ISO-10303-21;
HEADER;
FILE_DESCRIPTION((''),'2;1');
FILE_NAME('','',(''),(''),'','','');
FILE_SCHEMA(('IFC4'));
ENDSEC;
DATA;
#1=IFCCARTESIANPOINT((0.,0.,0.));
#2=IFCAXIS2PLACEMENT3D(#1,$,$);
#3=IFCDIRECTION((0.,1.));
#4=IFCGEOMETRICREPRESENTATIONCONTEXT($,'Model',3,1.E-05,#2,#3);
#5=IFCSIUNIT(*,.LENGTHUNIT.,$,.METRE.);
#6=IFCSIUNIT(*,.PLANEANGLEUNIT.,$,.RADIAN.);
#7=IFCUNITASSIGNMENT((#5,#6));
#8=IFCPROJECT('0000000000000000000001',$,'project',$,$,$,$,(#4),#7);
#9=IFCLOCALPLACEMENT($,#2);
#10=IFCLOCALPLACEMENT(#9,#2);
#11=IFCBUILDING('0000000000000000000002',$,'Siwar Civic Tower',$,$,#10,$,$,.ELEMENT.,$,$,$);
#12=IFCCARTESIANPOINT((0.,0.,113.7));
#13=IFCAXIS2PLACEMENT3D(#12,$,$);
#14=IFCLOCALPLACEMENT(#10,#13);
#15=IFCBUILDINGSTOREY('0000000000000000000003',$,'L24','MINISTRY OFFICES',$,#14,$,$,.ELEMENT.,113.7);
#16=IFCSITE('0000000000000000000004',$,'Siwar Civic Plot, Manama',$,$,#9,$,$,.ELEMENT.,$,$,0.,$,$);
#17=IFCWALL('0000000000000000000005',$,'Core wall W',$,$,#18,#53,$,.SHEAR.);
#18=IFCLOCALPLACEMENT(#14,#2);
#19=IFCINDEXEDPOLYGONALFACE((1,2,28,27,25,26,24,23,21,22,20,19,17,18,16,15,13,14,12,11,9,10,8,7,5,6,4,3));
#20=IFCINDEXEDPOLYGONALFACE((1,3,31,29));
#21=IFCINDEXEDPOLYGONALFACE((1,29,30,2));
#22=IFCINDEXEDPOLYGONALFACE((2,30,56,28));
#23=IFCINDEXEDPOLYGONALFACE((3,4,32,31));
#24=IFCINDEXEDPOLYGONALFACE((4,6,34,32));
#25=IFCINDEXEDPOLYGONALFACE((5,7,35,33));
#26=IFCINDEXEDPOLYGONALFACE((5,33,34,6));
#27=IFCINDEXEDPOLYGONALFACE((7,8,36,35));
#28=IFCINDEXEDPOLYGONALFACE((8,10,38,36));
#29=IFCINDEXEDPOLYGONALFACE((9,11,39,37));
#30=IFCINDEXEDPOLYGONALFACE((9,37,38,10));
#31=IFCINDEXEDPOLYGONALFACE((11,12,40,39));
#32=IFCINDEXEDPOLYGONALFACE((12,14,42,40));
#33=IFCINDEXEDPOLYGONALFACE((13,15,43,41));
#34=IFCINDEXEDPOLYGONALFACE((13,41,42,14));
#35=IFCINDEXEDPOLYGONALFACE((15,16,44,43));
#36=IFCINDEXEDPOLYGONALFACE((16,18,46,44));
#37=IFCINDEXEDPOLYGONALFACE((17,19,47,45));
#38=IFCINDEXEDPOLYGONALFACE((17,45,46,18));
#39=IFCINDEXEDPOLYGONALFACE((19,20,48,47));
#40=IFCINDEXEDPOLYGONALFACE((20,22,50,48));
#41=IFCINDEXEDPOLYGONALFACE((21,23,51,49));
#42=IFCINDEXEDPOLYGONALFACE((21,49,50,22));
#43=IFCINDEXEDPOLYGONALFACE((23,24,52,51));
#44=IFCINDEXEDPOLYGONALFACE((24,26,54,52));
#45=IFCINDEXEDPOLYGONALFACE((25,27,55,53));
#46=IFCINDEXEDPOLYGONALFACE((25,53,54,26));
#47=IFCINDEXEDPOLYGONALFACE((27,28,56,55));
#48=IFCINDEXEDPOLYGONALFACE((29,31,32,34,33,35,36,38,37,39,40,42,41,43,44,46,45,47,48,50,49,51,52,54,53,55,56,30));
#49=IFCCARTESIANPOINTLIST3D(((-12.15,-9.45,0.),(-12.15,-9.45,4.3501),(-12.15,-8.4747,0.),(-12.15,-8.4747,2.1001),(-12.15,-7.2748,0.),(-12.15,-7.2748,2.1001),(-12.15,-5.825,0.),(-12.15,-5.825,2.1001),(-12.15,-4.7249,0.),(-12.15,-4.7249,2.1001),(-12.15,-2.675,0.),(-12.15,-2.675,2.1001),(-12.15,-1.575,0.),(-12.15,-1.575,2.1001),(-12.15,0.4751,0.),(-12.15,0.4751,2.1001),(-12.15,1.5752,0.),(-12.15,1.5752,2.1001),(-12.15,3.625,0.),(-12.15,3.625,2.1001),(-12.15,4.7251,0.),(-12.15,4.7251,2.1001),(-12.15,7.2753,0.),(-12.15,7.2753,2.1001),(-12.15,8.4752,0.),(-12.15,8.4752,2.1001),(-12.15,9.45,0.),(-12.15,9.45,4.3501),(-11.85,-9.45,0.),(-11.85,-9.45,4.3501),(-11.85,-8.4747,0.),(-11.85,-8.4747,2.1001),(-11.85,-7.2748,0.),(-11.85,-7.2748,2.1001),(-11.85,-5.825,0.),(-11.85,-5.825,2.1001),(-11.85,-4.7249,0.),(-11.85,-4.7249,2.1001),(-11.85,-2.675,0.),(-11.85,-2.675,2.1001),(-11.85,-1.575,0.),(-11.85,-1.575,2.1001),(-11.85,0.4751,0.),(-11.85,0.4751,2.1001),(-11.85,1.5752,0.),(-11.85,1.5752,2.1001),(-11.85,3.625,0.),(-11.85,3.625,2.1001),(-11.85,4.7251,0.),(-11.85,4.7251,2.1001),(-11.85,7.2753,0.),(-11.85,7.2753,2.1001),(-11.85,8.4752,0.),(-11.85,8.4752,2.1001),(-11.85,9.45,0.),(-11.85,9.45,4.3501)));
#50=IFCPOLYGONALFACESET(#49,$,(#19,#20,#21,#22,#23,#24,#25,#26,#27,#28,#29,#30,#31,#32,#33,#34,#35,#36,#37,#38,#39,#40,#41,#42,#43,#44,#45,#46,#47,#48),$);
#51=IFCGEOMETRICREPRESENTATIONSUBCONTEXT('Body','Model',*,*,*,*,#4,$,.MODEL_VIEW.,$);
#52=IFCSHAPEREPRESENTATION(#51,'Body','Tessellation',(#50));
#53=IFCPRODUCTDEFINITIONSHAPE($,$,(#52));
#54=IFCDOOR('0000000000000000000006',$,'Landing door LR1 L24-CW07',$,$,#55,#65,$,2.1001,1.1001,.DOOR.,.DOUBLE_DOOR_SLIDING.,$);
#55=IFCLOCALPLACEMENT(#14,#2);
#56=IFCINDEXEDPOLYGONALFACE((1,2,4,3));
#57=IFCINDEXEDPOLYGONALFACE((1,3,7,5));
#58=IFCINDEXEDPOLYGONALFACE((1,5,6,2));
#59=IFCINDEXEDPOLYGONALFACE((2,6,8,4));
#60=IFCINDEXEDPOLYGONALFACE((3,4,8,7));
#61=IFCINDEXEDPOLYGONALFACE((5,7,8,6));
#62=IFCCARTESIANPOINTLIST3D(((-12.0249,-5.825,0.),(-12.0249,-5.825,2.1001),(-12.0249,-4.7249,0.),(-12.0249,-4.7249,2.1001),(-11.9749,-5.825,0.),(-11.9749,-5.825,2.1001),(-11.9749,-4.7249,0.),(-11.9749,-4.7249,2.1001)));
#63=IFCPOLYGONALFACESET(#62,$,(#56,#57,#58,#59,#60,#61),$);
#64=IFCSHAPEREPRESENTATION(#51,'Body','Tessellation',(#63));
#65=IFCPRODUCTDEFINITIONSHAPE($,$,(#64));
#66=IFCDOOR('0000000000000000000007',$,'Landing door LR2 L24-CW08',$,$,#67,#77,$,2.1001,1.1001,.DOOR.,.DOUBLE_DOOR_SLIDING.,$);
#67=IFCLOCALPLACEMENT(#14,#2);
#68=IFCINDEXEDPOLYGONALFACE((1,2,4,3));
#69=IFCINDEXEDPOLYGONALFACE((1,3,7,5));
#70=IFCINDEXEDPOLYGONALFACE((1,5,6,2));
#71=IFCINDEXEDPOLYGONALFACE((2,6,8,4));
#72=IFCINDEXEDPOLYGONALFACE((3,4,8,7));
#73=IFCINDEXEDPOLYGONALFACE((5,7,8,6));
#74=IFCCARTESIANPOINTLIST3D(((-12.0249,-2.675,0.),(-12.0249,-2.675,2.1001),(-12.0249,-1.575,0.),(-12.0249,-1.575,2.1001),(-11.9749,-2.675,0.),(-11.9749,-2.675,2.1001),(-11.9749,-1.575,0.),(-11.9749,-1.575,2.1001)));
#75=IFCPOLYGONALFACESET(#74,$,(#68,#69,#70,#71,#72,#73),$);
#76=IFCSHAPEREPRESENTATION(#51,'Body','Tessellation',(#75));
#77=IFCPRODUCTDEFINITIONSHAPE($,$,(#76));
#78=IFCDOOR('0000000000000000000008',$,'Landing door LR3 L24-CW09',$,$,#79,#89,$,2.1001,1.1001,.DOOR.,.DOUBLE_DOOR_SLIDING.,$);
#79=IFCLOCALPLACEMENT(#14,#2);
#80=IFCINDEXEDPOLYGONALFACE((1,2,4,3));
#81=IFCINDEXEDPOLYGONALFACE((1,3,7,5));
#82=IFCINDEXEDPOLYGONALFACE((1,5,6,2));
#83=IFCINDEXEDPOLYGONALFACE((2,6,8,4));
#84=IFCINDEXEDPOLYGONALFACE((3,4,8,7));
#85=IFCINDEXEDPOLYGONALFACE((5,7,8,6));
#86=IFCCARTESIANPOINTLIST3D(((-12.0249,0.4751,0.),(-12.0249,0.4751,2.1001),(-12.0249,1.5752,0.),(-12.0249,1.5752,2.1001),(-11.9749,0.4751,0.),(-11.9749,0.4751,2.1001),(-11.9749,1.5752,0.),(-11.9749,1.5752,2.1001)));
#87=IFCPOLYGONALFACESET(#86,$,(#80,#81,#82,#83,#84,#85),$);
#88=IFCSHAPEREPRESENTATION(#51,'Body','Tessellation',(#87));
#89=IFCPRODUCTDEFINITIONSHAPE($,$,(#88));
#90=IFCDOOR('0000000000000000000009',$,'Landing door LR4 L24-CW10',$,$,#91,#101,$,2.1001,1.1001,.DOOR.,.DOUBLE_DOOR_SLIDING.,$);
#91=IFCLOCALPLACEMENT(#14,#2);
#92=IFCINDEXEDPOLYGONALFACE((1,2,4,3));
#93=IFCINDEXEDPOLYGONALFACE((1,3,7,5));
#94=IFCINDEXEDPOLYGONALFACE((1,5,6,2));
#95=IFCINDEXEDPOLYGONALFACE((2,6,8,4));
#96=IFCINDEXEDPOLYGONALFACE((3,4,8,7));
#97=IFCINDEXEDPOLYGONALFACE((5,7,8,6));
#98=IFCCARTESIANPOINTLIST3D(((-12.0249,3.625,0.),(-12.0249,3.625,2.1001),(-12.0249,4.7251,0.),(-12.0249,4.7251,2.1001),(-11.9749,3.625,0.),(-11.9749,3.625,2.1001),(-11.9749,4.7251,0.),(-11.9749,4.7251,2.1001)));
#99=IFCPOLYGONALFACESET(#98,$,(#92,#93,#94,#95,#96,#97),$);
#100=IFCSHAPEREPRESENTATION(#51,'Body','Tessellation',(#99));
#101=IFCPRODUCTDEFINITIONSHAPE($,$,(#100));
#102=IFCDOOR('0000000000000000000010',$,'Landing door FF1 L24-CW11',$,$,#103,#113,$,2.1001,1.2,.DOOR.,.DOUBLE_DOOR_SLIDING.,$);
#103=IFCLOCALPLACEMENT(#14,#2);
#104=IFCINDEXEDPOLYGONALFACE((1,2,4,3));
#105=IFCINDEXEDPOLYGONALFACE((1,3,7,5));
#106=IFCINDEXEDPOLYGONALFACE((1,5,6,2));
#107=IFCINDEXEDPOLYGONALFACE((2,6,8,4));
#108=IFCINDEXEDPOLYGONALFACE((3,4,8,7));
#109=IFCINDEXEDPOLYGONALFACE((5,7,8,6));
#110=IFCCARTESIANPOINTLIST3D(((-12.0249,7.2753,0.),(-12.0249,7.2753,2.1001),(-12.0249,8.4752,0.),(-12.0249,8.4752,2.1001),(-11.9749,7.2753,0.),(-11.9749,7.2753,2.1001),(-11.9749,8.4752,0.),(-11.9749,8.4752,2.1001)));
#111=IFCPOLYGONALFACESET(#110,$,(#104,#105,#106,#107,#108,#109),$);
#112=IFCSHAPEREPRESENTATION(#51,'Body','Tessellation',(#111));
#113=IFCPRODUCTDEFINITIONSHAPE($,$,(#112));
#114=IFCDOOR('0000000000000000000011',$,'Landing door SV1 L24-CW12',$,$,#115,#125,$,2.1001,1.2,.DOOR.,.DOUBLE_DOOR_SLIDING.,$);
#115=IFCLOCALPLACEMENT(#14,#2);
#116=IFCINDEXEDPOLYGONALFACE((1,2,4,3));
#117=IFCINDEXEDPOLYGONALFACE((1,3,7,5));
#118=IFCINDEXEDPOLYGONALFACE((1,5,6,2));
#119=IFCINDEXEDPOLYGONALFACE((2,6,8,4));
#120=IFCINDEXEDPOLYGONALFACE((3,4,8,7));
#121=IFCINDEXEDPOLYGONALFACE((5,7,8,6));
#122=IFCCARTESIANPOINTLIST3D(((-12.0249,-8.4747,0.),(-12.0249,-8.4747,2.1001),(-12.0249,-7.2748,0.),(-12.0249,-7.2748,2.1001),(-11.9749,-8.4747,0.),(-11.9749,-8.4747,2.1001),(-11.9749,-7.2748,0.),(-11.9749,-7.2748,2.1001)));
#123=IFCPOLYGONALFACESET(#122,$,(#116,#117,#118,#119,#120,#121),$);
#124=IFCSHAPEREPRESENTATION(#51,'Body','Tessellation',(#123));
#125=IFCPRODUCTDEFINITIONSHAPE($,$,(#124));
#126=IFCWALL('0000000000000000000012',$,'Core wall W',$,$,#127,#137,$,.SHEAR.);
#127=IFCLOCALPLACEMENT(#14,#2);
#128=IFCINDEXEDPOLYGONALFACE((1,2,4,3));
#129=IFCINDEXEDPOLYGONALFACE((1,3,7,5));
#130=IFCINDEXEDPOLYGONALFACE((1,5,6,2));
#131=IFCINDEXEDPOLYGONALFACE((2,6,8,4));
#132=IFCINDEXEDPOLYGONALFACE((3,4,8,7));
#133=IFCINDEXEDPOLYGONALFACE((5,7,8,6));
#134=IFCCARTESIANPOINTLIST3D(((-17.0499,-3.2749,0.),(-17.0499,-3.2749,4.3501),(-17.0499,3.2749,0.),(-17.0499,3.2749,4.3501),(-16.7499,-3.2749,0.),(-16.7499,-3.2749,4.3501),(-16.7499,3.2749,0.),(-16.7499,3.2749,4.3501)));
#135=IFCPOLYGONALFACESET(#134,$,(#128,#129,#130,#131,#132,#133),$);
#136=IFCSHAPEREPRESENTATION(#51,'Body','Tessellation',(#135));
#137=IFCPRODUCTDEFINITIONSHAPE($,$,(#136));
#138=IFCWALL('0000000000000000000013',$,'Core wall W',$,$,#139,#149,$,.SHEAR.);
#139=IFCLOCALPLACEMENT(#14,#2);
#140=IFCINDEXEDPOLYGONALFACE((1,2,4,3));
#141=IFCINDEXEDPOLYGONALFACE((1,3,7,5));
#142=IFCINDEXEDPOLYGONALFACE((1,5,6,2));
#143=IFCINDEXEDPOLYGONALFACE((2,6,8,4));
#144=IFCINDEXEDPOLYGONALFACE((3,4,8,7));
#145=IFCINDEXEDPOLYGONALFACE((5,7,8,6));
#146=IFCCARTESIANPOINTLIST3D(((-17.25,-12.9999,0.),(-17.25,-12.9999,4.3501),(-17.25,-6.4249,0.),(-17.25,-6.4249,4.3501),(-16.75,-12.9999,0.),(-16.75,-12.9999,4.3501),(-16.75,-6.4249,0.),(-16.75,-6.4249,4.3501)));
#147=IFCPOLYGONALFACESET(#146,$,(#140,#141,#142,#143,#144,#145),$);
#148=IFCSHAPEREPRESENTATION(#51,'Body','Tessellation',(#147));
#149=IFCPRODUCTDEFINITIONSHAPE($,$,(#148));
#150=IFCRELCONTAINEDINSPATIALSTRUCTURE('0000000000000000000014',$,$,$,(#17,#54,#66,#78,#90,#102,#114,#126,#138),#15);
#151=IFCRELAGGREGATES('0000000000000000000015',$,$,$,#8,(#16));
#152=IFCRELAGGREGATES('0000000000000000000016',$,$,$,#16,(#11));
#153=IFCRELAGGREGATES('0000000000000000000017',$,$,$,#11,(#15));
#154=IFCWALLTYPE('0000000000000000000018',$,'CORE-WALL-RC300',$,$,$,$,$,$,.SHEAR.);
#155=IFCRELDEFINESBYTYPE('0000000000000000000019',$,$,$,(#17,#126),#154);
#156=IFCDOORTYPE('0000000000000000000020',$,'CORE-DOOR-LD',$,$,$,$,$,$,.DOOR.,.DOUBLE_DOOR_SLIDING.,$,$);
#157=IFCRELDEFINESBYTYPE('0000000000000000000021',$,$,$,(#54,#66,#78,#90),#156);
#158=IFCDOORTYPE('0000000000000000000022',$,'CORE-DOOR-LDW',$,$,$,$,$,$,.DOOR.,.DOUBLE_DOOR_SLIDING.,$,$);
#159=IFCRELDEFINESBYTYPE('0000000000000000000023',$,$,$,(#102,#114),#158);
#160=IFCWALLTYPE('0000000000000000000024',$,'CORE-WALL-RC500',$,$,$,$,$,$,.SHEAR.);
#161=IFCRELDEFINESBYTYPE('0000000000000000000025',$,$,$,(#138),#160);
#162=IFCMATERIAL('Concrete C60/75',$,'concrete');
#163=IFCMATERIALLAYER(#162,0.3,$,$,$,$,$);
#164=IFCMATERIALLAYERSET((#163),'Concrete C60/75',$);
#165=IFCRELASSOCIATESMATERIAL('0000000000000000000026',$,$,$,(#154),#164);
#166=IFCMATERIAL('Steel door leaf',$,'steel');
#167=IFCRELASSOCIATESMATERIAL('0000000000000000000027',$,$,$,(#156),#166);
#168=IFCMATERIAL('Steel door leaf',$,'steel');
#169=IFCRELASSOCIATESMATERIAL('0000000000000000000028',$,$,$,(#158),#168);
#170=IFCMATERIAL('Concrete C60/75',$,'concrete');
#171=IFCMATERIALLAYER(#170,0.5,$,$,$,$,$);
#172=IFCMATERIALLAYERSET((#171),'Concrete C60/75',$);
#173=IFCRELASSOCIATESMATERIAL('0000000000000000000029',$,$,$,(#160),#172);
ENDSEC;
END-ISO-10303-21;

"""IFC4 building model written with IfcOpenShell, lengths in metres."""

from ifc_helpers import new_model, si_unit, direction, frame, frame_2d, origin, place, context, subcontext, project, spatial, rectangle, extrude, material, layer, layer_set, type_object, element, fill, save


model = new_model("IFC4")

# Units and contexts
model_context = context("Model", 3, precision=1e-05, world=origin(), true_north=direction((0.0, 1.0)))
body_context = subcontext(model_context, "Body", "Model", "MODEL_VIEW")
ifc_project = project(units=[si_unit("LENGTHUNIT", "METRE"), si_unit("PLANEANGLEUNIT", "RADIAN")], contexts=[model_context])

# Site, building, storey
site_placement = place(None, origin())
site = spatial("IfcSite", under=ifc_project, at=site_placement, Name="Siwar Civic Plot, Manama", CompositionType="ELEMENT", RefElevation=0.0)
building_placement = place(site_placement, origin())
building = spatial("IfcBuilding", under=site, at=building_placement, Name="Siwar Civic Tower", CompositionType="ELEMENT")
storey_placement = place(building_placement, frame((0.0, 0.0, 113.7)))
storey = spatial("IfcBuildingStorey", under=building, at=storey_placement, Name="L24", Description="MINISTRY OFFICES", CompositionType="ELEMENT", Elevation=113.7)

# Wall, openings, doors
ifc_material_1 = material(Name="Concrete C60/75", Category="concrete")
ifc_layer_1 = layer(ifc_material_1, 0.3)
ifc_layer_set_1 = layer_set([ifc_layer_1], Name="Concrete C60/75")
wall_type_1 = type_object("IfcWallType", Name="CORE-WALL-RC300", PredefinedType="SHEAR", material=ifc_layer_set_1)
wall_1_placement = place(storey_placement, frame((-12.0, -9.45, 0.0), z_axis=(0.0, 0.0, 1.0), x_axis=(0.0, 1.0, 0.0)))
wall_1 = element("IfcWall", 1, at=wall_1_placement, inside=storey, type_object=wall_type_1, Name="Core wall W", PredefinedType="SHEAR", context=body_context, shape_type="SweptSolid", body=[
    extrude(rectangle(XDim=18.8999, YDim=0.3, at=frame_2d((9.45, 0.0))), origin(), (0.0, 0.0, 1.0), 4.3501),
])
opening_1_placement = place(wall_1_placement, frame((3.625, 0.0, 0.0)))
opening_1 = element("IfcOpeningElement", 2, at=opening_1_placement, cuts=wall_1, PredefinedType="OPENING", context=body_context, shape_type="SweptSolid", body=[
    extrude(rectangle(XDim=1.1001, YDim=2.1001, at=frame_2d((0.55, 1.05))), frame((0.0, 0.1602, 0.0), z_axis=(0.0, -1.0, 0.0), x_axis=(1.0, 0.0, 0.0)), (0.0, 0.0, 1.0), 0.3201),
])
opening_2_placement = place(wall_1_placement, frame((6.7749, 0.0, 0.0)))
opening_2 = element("IfcOpeningElement", 3, at=opening_2_placement, cuts=wall_1, PredefinedType="OPENING", context=body_context, shape_type="SweptSolid", body=[
    extrude(rectangle(XDim=1.1001, YDim=2.1001, at=frame_2d((0.55, 1.05))), frame((0.0, 0.1602, 0.0), z_axis=(0.0, -1.0, 0.0), x_axis=(1.0, 0.0, 0.0)), (0.0, 0.0, 1.0), 0.3201),
])
opening_3_placement = place(wall_1_placement, frame((9.925, 0.0, 0.0)))
opening_3 = element("IfcOpeningElement", 4, at=opening_3_placement, cuts=wall_1, PredefinedType="OPENING", context=body_context, shape_type="SweptSolid", body=[
    extrude(rectangle(XDim=1.1001, YDim=2.1001, at=frame_2d((0.55, 1.05))), frame((0.0, 0.1602, 0.0), z_axis=(0.0, -1.0, 0.0), x_axis=(1.0, 0.0, 0.0)), (0.0, 0.0, 1.0), 0.3201),
])
opening_4_placement = place(wall_1_placement, frame((13.075, 0.0, 0.0)))
opening_4 = element("IfcOpeningElement", 5, at=opening_4_placement, cuts=wall_1, PredefinedType="OPENING", context=body_context, shape_type="SweptSolid", body=[
    extrude(rectangle(XDim=1.1001, YDim=2.1001, at=frame_2d((0.55, 1.05))), frame((0.0, 0.1602, 0.0), z_axis=(0.0, -1.0, 0.0), x_axis=(1.0, 0.0, 0.0)), (0.0, 0.0, 1.0), 0.3201),
])
opening_5_placement = place(wall_1_placement, frame((16.7251, 0.0, 0.0)))
opening_5 = element("IfcOpeningElement", 6, at=opening_5_placement, cuts=wall_1, PredefinedType="OPENING", context=body_context, shape_type="SweptSolid", body=[
    extrude(rectangle(XDim=1.2, YDim=2.1001, at=frame_2d((0.6001, 1.05))), frame((0.0, 0.1602, 0.0), z_axis=(0.0, -1.0, 0.0), x_axis=(1.0, 0.0, 0.0)), (0.0, 0.0, 1.0), 0.3201),
])
opening_6_placement = place(wall_1_placement, frame((0.9751, 0.0, 0.0)))
opening_6 = element("IfcOpeningElement", 7, at=opening_6_placement, cuts=wall_1, PredefinedType="OPENING", context=body_context, shape_type="SweptSolid", body=[
    extrude(rectangle(XDim=1.2, YDim=2.1001, at=frame_2d((0.6001, 1.05))), frame((0.0, 0.1602, 0.0), z_axis=(0.0, -1.0, 0.0), x_axis=(1.0, 0.0, 0.0)), (0.0, 0.0, 1.0), 0.3201),
])
ifc_material_2 = material(Name="Steel door leaf", Category="steel")
door_type_1 = type_object("IfcDoorType", Name="CORE-DOOR-LD", OperationType="DOUBLE_DOOR_SLIDING", PredefinedType="DOOR", material=ifc_material_2)
door_1_placement = place(opening_1_placement, origin())
door_1 = element("IfcDoor", 8, at=door_1_placement, inside=storey, type_object=door_type_1, Name="Landing door LR1 L24-CW07", OperationType="DOUBLE_DOOR_SLIDING", OverallHeight=2.1001, OverallWidth=1.1001, PredefinedType="DOOR", context=body_context, shape_type="SweptSolid", body=[
    extrude(rectangle(XDim=1.1001, YDim=2.1001, at=frame_2d((0.55, 1.05))), frame((0.0, 0.0249, 0.0), z_axis=(0.0, -1.0, 0.0), x_axis=(1.0, 0.0, 0.0)), (0.0, 0.0, 1.0), 0.05),
])
fill(opening_1, door_1)
door_2_placement = place(opening_2_placement, origin())
door_2 = element("IfcDoor", 9, at=door_2_placement, inside=storey, type_object=door_type_1, Name="Landing door LR2 L24-CW08", OperationType="DOUBLE_DOOR_SLIDING", OverallHeight=2.1001, OverallWidth=1.1001, PredefinedType="DOOR", context=body_context, shape_type="SweptSolid", body=[
    extrude(rectangle(XDim=1.1001, YDim=2.1001, at=frame_2d((0.55, 1.05))), frame((0.0, 0.0249, 0.0), z_axis=(0.0, -1.0, 0.0), x_axis=(1.0, 0.0, 0.0)), (0.0, 0.0, 1.0), 0.05),
])
fill(opening_2, door_2)
door_3_placement = place(opening_3_placement, origin())
door_3 = element("IfcDoor", 10, at=door_3_placement, inside=storey, type_object=door_type_1, Name="Landing door LR3 L24-CW09", OperationType="DOUBLE_DOOR_SLIDING", OverallHeight=2.1001, OverallWidth=1.1001, PredefinedType="DOOR", context=body_context, shape_type="SweptSolid", body=[
    extrude(rectangle(XDim=1.1001, YDim=2.1001, at=frame_2d((0.55, 1.05))), frame((0.0, 0.0249, 0.0), z_axis=(0.0, -1.0, 0.0), x_axis=(1.0, 0.0, 0.0)), (0.0, 0.0, 1.0), 0.05),
])
fill(opening_3, door_3)
door_4_placement = place(opening_4_placement, origin())
door_4 = element("IfcDoor", 11, at=door_4_placement, inside=storey, type_object=door_type_1, Name="Landing door LR4 L24-CW10", OperationType="DOUBLE_DOOR_SLIDING", OverallHeight=2.1001, OverallWidth=1.1001, PredefinedType="DOOR", context=body_context, shape_type="SweptSolid", body=[
    extrude(rectangle(XDim=1.1001, YDim=2.1001, at=frame_2d((0.55, 1.05))), frame((0.0, 0.0249, 0.0), z_axis=(0.0, -1.0, 0.0), x_axis=(1.0, 0.0, 0.0)), (0.0, 0.0, 1.0), 0.05),
])
fill(opening_4, door_4)
ifc_material_3 = material(Name="Steel door leaf", Category="steel")
door_type_2 = type_object("IfcDoorType", Name="CORE-DOOR-LDW", OperationType="DOUBLE_DOOR_SLIDING", PredefinedType="DOOR", material=ifc_material_3)
door_5_placement = place(opening_5_placement, origin())
door_5 = element("IfcDoor", 12, at=door_5_placement, inside=storey, type_object=door_type_2, Name="Landing door FF1 L24-CW11", OperationType="DOUBLE_DOOR_SLIDING", OverallHeight=2.1001, OverallWidth=1.2, PredefinedType="DOOR", context=body_context, shape_type="SweptSolid", body=[
    extrude(rectangle(XDim=1.2, YDim=2.1001, at=frame_2d((0.6001, 1.05))), frame((0.0, 0.0249, 0.0), z_axis=(0.0, -1.0, 0.0), x_axis=(1.0, 0.0, 0.0)), (0.0, 0.0, 1.0), 0.05),
])
fill(opening_5, door_5)
door_6_placement = place(opening_6_placement, origin())
door_6 = element("IfcDoor", 13, at=door_6_placement, inside=storey, type_object=door_type_2, Name="Landing door SV1 L24-CW12", OperationType="DOUBLE_DOOR_SLIDING", OverallHeight=2.1001, OverallWidth=1.2, PredefinedType="DOOR", context=body_context, shape_type="SweptSolid", body=[
    extrude(rectangle(XDim=1.2, YDim=2.1001, at=frame_2d((0.6001, 1.05))), frame((0.0, 0.0249, 0.0), z_axis=(0.0, -1.0, 0.0), x_axis=(1.0, 0.0, 0.0)), (0.0, 0.0, 1.0), 0.05),
])
fill(opening_6, door_6)

# Walls
wall_2_placement = place(storey_placement, frame((-16.8999, -3.2749, 0.0), z_axis=(0.0, 0.0, 1.0), x_axis=(0.0, 1.0, 0.0)))
element("IfcWall", 14, at=wall_2_placement, inside=storey, type_object=wall_type_1, Name="Core wall W", PredefinedType="SHEAR", context=body_context, shape_type="SweptSolid", body=[
    extrude(rectangle(XDim=6.5498, YDim=0.3, at=frame_2d((3.2749, 0.0))), origin(), (0.0, 0.0, 1.0), 4.3501),
])
ifc_material_4 = material(Name="Concrete C60/75", Category="concrete")
ifc_layer_2 = layer(ifc_material_4, 0.5)
ifc_layer_set_2 = layer_set([ifc_layer_2], Name="Concrete C60/75")
wall_type_2 = type_object("IfcWallType", Name="CORE-WALL-RC500", PredefinedType="SHEAR", material=ifc_layer_set_2)
wall_3_placement = place(storey_placement, frame((-17.0, -13.0, 0.0), z_axis=(0.0, 0.0, 1.0), x_axis=(0.0, 1.0, 0.0)))
element("IfcWall", 15, at=wall_3_placement, inside=storey, type_object=wall_type_2, Name="Core wall W", PredefinedType="SHEAR", context=body_context, shape_type="SweptSolid", body=[
    extrude(rectangle(XDim=6.575, YDim=0.5, at=frame_2d((3.2876, 0.0))), origin(), (0.0, 0.0, 1.0), 4.3501),
])

save(model, "model.ifc")
